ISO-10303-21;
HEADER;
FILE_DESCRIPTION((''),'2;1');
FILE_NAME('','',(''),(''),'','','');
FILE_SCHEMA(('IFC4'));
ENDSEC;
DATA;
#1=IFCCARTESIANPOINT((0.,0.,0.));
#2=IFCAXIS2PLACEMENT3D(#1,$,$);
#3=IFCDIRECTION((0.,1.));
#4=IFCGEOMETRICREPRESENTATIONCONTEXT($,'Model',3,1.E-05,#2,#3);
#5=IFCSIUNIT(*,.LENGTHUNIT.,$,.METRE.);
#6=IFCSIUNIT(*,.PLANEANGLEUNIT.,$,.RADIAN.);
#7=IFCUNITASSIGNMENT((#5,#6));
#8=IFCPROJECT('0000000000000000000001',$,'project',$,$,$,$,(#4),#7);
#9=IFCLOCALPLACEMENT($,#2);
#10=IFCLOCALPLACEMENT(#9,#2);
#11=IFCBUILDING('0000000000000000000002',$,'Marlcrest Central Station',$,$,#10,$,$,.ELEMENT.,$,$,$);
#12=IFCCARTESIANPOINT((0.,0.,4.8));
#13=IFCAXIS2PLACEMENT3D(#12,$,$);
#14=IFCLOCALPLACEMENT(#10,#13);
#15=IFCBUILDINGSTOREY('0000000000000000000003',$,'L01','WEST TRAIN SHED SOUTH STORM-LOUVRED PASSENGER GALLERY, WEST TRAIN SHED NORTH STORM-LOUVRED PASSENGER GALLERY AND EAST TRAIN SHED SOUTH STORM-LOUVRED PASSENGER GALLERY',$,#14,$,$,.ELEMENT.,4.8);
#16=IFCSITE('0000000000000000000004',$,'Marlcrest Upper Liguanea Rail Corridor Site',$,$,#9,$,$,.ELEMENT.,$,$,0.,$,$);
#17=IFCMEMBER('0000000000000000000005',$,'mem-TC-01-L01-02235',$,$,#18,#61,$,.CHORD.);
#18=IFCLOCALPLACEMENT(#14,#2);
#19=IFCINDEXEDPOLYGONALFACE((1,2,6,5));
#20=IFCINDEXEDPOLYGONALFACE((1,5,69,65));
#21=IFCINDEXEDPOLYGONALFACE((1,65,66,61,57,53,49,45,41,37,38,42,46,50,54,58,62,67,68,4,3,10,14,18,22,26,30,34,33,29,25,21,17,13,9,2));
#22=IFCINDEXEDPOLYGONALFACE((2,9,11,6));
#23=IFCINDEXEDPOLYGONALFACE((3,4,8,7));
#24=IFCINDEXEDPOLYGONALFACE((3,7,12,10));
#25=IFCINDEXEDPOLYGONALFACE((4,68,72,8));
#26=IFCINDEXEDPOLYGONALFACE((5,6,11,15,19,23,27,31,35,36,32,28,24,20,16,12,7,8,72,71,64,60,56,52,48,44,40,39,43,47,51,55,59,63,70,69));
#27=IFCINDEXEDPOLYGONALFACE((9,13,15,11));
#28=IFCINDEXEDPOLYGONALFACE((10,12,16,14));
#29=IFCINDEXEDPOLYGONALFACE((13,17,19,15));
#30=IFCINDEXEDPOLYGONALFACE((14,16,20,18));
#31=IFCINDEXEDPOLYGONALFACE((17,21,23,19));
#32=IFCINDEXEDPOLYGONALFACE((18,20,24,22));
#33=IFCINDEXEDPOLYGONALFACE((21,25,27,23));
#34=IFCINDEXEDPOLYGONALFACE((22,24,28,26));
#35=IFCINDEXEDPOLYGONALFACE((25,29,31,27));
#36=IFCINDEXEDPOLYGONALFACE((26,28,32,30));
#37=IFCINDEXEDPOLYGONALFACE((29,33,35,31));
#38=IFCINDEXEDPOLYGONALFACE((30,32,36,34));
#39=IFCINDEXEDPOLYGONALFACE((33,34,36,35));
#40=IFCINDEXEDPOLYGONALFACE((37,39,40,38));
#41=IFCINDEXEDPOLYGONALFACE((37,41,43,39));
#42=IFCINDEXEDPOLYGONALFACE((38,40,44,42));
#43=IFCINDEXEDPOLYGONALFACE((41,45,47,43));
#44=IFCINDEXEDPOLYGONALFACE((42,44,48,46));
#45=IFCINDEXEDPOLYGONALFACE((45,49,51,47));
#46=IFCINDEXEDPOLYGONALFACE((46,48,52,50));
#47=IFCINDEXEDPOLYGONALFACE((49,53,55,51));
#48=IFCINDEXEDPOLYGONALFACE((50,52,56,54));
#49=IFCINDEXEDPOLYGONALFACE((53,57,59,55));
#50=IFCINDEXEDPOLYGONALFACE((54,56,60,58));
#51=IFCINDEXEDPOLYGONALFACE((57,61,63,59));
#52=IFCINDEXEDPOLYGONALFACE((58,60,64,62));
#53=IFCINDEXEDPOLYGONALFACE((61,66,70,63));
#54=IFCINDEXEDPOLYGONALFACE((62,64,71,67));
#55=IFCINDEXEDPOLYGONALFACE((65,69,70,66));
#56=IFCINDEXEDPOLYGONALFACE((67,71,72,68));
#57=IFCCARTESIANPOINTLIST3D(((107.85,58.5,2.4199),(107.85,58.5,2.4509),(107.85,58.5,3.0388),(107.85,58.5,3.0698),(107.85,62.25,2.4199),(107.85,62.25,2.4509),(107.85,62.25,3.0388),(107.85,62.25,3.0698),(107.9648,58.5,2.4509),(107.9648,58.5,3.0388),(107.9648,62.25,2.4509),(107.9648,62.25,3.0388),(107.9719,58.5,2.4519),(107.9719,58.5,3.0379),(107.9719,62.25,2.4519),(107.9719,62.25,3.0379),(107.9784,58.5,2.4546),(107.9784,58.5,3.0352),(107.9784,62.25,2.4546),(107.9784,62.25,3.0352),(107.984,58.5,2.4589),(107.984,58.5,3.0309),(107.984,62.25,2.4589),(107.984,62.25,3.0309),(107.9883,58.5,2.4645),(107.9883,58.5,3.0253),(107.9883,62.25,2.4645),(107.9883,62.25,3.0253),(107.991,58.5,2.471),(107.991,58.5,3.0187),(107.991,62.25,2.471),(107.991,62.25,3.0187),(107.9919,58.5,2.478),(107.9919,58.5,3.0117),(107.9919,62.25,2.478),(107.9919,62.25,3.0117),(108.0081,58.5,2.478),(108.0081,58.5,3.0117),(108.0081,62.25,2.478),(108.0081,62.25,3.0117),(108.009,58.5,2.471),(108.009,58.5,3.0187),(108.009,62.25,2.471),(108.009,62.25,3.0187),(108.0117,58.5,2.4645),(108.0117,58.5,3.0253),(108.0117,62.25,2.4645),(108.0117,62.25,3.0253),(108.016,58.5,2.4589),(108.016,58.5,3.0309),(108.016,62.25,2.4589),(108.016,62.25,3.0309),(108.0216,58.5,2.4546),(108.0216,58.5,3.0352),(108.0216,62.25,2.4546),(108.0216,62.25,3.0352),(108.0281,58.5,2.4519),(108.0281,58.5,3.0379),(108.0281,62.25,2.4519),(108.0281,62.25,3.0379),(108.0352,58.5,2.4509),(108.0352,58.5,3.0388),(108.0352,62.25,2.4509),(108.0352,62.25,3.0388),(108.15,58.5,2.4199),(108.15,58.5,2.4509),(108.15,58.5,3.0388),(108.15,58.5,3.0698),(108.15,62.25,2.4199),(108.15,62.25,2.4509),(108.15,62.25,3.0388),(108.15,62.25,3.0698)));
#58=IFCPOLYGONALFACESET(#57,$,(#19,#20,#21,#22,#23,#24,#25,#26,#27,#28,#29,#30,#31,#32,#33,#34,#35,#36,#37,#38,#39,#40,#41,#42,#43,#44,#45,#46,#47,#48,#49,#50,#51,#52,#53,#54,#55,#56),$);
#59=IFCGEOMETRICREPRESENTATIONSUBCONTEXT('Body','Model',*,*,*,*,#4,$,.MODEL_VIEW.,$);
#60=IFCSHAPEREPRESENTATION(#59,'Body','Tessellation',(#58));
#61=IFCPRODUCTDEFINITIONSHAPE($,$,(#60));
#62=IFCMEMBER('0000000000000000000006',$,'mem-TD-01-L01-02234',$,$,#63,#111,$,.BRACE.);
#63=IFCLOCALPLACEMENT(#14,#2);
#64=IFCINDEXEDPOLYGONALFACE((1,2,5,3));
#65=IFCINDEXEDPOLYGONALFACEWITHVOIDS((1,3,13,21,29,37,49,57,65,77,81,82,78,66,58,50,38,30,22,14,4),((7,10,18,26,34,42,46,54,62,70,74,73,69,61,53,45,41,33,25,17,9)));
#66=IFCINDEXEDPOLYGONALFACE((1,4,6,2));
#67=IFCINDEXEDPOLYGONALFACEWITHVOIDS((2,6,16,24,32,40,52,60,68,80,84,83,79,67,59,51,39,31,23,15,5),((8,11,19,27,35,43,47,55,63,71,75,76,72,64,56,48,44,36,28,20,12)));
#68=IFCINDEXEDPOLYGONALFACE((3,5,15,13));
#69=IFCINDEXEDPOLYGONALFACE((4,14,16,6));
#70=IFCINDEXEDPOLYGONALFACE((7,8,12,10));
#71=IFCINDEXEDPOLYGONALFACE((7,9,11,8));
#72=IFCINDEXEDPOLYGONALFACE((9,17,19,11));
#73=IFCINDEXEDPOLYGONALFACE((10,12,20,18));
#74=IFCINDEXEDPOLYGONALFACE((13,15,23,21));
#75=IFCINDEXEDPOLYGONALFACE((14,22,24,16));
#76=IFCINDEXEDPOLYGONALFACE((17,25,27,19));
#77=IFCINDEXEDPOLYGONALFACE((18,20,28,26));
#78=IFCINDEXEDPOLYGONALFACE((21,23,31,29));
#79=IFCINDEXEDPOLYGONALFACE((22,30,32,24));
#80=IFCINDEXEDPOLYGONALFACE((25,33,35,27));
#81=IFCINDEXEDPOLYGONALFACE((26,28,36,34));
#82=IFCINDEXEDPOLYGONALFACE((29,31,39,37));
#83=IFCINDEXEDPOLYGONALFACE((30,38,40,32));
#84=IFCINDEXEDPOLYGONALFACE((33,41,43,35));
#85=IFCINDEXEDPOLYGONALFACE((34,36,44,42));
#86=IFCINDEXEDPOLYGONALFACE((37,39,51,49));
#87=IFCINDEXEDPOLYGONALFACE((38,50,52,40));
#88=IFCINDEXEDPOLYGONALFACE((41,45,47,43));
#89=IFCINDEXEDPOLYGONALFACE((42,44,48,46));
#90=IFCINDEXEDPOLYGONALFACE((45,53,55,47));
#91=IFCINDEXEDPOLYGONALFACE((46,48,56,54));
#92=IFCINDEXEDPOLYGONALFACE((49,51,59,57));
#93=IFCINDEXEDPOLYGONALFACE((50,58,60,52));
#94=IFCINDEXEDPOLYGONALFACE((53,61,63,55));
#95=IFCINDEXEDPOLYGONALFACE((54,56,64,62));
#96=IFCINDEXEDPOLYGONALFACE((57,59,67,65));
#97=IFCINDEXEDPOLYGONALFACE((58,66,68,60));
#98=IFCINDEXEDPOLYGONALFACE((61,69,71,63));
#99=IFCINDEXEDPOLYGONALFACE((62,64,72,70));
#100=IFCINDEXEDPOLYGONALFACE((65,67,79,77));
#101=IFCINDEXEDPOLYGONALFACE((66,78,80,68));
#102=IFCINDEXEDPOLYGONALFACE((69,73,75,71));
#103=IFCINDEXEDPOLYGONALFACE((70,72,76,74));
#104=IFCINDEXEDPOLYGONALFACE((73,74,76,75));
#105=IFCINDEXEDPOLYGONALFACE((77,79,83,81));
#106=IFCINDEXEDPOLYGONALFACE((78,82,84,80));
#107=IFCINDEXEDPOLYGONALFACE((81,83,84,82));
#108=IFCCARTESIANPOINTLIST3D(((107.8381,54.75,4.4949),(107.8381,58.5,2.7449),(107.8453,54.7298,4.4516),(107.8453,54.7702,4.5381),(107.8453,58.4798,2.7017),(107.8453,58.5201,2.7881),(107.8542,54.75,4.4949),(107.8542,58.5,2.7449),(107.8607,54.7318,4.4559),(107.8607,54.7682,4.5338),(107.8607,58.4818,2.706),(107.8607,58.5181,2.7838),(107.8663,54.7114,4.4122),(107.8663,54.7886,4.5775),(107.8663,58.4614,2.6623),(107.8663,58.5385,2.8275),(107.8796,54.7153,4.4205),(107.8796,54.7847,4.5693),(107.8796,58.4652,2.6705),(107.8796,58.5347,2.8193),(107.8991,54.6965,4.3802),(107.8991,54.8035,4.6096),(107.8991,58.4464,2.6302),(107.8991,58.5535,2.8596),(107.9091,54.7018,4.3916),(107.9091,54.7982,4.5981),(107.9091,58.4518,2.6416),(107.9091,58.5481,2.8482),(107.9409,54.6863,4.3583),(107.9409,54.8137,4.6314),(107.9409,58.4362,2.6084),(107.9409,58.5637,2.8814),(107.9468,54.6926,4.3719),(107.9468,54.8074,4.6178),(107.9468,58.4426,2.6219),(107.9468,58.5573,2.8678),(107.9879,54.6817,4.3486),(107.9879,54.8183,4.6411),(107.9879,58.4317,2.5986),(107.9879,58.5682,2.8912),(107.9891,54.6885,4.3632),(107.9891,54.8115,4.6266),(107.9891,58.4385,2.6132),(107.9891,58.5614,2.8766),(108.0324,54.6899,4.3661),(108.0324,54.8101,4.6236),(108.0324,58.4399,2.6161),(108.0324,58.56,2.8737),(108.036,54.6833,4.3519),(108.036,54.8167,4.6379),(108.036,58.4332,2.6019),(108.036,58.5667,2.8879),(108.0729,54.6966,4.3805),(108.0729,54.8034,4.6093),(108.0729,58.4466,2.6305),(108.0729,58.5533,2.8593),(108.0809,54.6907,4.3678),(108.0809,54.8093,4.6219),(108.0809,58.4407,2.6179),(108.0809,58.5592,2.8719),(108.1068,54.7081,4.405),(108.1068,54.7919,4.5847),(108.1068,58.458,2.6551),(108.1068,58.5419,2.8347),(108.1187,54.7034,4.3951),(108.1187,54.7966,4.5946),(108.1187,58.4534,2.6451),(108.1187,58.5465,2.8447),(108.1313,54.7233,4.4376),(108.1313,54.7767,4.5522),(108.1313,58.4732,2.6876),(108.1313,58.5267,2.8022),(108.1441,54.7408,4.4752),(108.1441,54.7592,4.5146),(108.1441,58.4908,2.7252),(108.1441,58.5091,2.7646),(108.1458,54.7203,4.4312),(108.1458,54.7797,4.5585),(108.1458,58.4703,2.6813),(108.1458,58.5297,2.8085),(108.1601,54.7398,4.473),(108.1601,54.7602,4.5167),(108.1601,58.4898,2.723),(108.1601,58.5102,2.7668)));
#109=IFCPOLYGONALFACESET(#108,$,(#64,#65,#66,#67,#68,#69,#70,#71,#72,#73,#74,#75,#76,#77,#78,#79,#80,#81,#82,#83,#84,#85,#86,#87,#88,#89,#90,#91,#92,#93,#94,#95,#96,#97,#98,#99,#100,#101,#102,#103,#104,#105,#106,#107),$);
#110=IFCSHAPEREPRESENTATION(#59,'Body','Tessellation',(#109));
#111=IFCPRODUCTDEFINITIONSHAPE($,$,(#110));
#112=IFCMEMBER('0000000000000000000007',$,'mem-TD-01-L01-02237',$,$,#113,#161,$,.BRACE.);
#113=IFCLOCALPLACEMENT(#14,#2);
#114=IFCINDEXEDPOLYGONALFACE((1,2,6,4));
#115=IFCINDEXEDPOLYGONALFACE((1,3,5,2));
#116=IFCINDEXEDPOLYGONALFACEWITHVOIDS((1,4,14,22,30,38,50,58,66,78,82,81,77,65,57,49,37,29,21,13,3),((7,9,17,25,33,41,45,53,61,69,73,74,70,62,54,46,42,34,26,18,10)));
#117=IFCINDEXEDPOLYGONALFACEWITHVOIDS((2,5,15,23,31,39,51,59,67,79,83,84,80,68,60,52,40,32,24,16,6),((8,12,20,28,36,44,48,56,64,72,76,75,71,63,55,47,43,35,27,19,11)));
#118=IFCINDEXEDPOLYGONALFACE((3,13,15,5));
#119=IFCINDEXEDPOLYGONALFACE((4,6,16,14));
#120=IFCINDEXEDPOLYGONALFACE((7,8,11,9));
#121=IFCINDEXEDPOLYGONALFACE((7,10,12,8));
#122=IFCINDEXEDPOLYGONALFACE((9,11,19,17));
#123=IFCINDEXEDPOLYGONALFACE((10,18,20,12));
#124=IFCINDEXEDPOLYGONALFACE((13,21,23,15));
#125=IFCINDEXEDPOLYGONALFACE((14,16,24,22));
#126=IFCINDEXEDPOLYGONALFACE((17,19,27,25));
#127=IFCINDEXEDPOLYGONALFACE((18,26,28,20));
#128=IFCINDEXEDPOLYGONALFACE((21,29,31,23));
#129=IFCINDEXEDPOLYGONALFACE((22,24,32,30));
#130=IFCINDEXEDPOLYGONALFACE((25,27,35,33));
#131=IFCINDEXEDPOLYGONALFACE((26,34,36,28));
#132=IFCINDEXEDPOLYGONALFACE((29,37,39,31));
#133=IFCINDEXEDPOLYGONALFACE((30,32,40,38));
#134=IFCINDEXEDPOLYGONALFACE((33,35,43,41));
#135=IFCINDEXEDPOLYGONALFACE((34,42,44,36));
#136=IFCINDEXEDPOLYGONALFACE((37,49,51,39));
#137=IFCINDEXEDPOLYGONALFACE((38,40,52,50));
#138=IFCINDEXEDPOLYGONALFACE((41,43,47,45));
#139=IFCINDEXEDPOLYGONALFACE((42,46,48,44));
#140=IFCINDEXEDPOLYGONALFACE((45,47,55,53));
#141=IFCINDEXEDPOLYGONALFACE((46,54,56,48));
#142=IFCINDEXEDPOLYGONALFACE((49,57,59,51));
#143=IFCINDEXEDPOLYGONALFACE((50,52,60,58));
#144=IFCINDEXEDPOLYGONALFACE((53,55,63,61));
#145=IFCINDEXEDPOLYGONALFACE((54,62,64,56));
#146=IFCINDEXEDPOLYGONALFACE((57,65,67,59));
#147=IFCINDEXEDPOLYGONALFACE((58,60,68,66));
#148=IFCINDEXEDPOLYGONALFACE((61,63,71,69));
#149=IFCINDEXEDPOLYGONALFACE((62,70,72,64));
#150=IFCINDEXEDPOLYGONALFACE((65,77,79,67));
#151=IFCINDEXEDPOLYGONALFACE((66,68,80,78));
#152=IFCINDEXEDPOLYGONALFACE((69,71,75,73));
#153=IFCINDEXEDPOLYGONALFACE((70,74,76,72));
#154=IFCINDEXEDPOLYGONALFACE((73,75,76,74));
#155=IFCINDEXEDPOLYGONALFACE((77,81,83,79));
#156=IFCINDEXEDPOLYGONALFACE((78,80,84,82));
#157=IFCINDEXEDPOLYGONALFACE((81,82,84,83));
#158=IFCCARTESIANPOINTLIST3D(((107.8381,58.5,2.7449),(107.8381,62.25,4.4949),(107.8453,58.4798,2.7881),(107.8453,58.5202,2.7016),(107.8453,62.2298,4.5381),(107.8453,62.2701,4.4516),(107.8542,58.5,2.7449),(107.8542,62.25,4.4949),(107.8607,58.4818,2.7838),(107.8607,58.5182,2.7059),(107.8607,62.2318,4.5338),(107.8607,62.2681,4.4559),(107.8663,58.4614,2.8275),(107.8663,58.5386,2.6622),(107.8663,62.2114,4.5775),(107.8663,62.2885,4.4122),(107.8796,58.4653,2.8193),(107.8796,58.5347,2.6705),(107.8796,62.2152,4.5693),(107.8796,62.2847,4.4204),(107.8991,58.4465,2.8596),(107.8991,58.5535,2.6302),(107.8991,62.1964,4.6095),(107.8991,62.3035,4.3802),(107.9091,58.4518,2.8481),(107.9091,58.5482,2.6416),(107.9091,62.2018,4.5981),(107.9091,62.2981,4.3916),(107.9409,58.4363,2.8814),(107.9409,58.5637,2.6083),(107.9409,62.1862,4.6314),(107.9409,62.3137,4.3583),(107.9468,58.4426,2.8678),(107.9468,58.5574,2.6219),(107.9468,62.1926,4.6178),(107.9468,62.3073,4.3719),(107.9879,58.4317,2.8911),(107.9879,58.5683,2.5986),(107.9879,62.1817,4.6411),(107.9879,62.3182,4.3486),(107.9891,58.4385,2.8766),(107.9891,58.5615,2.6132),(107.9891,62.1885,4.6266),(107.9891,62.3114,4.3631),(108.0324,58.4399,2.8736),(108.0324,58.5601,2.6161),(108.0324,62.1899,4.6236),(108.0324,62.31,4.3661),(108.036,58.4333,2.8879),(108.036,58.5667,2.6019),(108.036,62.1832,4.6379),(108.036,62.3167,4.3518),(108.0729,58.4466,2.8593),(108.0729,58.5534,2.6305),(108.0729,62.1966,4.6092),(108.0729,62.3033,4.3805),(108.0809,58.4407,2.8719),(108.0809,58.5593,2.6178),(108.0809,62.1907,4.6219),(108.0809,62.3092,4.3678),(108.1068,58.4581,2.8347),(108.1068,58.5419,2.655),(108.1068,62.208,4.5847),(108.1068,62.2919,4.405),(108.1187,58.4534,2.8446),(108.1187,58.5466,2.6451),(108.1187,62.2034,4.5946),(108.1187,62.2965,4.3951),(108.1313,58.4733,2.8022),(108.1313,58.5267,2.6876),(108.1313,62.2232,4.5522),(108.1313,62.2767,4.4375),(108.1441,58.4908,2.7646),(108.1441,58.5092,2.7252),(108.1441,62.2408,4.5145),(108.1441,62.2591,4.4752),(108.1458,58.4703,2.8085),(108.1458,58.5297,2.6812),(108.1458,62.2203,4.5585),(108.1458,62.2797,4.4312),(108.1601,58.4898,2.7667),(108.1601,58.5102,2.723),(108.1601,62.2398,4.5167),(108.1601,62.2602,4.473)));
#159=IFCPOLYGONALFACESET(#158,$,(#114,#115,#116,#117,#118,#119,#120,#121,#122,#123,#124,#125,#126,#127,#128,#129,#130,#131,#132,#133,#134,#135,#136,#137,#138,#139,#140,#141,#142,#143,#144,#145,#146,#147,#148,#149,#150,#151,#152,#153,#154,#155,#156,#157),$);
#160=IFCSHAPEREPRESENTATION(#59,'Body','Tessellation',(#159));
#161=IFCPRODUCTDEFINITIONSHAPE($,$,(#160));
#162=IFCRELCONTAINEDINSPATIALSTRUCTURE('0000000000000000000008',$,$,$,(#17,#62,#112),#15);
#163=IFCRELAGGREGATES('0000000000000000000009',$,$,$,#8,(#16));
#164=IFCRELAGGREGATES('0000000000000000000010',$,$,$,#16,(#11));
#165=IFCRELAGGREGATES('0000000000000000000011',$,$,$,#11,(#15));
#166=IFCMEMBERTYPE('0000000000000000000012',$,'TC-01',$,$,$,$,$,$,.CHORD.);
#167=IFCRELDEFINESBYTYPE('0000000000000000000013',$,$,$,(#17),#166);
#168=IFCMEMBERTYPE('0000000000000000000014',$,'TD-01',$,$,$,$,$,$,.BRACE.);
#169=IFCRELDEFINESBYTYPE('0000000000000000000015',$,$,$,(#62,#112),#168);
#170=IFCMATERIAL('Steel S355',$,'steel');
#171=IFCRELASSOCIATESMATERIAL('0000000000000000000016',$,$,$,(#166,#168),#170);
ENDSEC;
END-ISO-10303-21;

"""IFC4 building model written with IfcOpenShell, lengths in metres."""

from ifc_helpers import new_model, si_unit, direction, frame, origin, origin_2d, place, context, subcontext, project, spatial, hollow_circle, i_section, extrude, material, material_profile, profile_set, type_object, element, save


model = new_model("IFC4")

# Units and contexts
model_context = context("Model", 3, precision=1e-05, world=origin(), true_north=direction((0.0, 1.0)))
body_context = subcontext(model_context, "Body", "Model", "MODEL_VIEW")
ifc_project = project(units=[si_unit("LENGTHUNIT", "METRE"), si_unit("PLANEANGLEUNIT", "RADIAN")], contexts=[model_context])

# Site, building, storey
site_placement = place(None, origin())
site = spatial("IfcSite", under=ifc_project, at=site_placement, Name="Marlcrest Upper Liguanea Rail Corridor Site", CompositionType="ELEMENT", RefElevation=0.0)
building_placement = place(site_placement, origin())
building = spatial("IfcBuilding", under=site, at=building_placement, Name="Marlcrest Central Station", CompositionType="ELEMENT")
storey_placement = place(building_placement, frame((0.0, 0.0, 4.8)))
storey = spatial("IfcBuildingStorey", under=building, at=storey_placement, Name="L01", Description="WEST TRAIN SHED SOUTH STORM-LOUVRED PASSENGER GALLERY, WEST TRAIN SHED NORTH STORM-LOUVRED PASSENGER GALLERY AND EAST TRAIN SHED SOUTH STORM-LOUVRED PASSENGER GALLERY", CompositionType="ELEMENT", Elevation=4.8)

# Shared definitions
ifc_material = material(Name="Steel S355", Category="steel")

# Members
ifc_material_profile_1 = material_profile(ifc_material, i_section(OverallWidth=0.3, OverallDepth=0.6499, WebThickness=0.0161, FlangeThickness=0.031, FilletRadius=0.0271, at=origin_2d()), Name="HEB 650")
ifc_profile_set_1 = profile_set([ifc_material_profile_1], Name="Steel S355")
member_type_1 = type_object("IfcMemberType", Name="TC-01", PredefinedType="CHORD", material=ifc_profile_set_1)
for number, where, z_axis, x_axis, name in (
    (1, (108.0, 58.5, 2.7449), (0.0, 1.0, 0.0), (-1.0, 0.0, 0.0), "mem-TC-01-L01-02235"),
):
    element("IfcMember", number, at=place(storey_placement, frame(where, z_axis=z_axis, x_axis=x_axis)), inside=storey, type_object=member_type_1, Name=name, PredefinedType="CHORD", context=body_context, shape_type="SweptSolid", body=[
        extrude(i_section(OverallWidth=0.3, OverallDepth=0.6499, WebThickness=0.0161, FlangeThickness=0.031, FilletRadius=0.0271, at=origin_2d()), origin(), (0.0, 0.0, 1.0), 3.75),
    ])
ifc_material_profile_2 = material_profile(ifc_material, hollow_circle(Radius=0.1619, WallThickness=0.0161, at=origin_2d()), Name="CHS 323.9x16")
ifc_profile_set_2 = profile_set([ifc_material_profile_2], Name="Steel S355")
member_type_2 = type_object("IfcMemberType", Name="TD-01", PredefinedType="BRACE", material=ifc_profile_set_2)
for number, where, z_axis, x_axis, name in (
    (2, (108.0, 54.75, 4.4949), (0.0, 0.906183, -0.422885), (-1.0, 0.0, 0.0), "mem-TD-01-L01-02234"),
    (3, (108.0, 58.5, 2.7449), (0.0, 0.906183, 0.422885), (-1.0, 0.0, 0.0), "mem-TD-01-L01-02237"),
):
    element("IfcMember", number, at=place(storey_placement, frame(where, z_axis=z_axis, x_axis=x_axis)), inside=storey, type_object=member_type_2, Name=name, PredefinedType="BRACE", context=body_context, shape_type="SweptSolid", body=[
        extrude(hollow_circle(Radius=0.1619, WallThickness=0.0161, at=origin_2d()), origin(), (0.0, 0.0, 1.0), 4.1382),
    ])

save(model, "model.ifc")
